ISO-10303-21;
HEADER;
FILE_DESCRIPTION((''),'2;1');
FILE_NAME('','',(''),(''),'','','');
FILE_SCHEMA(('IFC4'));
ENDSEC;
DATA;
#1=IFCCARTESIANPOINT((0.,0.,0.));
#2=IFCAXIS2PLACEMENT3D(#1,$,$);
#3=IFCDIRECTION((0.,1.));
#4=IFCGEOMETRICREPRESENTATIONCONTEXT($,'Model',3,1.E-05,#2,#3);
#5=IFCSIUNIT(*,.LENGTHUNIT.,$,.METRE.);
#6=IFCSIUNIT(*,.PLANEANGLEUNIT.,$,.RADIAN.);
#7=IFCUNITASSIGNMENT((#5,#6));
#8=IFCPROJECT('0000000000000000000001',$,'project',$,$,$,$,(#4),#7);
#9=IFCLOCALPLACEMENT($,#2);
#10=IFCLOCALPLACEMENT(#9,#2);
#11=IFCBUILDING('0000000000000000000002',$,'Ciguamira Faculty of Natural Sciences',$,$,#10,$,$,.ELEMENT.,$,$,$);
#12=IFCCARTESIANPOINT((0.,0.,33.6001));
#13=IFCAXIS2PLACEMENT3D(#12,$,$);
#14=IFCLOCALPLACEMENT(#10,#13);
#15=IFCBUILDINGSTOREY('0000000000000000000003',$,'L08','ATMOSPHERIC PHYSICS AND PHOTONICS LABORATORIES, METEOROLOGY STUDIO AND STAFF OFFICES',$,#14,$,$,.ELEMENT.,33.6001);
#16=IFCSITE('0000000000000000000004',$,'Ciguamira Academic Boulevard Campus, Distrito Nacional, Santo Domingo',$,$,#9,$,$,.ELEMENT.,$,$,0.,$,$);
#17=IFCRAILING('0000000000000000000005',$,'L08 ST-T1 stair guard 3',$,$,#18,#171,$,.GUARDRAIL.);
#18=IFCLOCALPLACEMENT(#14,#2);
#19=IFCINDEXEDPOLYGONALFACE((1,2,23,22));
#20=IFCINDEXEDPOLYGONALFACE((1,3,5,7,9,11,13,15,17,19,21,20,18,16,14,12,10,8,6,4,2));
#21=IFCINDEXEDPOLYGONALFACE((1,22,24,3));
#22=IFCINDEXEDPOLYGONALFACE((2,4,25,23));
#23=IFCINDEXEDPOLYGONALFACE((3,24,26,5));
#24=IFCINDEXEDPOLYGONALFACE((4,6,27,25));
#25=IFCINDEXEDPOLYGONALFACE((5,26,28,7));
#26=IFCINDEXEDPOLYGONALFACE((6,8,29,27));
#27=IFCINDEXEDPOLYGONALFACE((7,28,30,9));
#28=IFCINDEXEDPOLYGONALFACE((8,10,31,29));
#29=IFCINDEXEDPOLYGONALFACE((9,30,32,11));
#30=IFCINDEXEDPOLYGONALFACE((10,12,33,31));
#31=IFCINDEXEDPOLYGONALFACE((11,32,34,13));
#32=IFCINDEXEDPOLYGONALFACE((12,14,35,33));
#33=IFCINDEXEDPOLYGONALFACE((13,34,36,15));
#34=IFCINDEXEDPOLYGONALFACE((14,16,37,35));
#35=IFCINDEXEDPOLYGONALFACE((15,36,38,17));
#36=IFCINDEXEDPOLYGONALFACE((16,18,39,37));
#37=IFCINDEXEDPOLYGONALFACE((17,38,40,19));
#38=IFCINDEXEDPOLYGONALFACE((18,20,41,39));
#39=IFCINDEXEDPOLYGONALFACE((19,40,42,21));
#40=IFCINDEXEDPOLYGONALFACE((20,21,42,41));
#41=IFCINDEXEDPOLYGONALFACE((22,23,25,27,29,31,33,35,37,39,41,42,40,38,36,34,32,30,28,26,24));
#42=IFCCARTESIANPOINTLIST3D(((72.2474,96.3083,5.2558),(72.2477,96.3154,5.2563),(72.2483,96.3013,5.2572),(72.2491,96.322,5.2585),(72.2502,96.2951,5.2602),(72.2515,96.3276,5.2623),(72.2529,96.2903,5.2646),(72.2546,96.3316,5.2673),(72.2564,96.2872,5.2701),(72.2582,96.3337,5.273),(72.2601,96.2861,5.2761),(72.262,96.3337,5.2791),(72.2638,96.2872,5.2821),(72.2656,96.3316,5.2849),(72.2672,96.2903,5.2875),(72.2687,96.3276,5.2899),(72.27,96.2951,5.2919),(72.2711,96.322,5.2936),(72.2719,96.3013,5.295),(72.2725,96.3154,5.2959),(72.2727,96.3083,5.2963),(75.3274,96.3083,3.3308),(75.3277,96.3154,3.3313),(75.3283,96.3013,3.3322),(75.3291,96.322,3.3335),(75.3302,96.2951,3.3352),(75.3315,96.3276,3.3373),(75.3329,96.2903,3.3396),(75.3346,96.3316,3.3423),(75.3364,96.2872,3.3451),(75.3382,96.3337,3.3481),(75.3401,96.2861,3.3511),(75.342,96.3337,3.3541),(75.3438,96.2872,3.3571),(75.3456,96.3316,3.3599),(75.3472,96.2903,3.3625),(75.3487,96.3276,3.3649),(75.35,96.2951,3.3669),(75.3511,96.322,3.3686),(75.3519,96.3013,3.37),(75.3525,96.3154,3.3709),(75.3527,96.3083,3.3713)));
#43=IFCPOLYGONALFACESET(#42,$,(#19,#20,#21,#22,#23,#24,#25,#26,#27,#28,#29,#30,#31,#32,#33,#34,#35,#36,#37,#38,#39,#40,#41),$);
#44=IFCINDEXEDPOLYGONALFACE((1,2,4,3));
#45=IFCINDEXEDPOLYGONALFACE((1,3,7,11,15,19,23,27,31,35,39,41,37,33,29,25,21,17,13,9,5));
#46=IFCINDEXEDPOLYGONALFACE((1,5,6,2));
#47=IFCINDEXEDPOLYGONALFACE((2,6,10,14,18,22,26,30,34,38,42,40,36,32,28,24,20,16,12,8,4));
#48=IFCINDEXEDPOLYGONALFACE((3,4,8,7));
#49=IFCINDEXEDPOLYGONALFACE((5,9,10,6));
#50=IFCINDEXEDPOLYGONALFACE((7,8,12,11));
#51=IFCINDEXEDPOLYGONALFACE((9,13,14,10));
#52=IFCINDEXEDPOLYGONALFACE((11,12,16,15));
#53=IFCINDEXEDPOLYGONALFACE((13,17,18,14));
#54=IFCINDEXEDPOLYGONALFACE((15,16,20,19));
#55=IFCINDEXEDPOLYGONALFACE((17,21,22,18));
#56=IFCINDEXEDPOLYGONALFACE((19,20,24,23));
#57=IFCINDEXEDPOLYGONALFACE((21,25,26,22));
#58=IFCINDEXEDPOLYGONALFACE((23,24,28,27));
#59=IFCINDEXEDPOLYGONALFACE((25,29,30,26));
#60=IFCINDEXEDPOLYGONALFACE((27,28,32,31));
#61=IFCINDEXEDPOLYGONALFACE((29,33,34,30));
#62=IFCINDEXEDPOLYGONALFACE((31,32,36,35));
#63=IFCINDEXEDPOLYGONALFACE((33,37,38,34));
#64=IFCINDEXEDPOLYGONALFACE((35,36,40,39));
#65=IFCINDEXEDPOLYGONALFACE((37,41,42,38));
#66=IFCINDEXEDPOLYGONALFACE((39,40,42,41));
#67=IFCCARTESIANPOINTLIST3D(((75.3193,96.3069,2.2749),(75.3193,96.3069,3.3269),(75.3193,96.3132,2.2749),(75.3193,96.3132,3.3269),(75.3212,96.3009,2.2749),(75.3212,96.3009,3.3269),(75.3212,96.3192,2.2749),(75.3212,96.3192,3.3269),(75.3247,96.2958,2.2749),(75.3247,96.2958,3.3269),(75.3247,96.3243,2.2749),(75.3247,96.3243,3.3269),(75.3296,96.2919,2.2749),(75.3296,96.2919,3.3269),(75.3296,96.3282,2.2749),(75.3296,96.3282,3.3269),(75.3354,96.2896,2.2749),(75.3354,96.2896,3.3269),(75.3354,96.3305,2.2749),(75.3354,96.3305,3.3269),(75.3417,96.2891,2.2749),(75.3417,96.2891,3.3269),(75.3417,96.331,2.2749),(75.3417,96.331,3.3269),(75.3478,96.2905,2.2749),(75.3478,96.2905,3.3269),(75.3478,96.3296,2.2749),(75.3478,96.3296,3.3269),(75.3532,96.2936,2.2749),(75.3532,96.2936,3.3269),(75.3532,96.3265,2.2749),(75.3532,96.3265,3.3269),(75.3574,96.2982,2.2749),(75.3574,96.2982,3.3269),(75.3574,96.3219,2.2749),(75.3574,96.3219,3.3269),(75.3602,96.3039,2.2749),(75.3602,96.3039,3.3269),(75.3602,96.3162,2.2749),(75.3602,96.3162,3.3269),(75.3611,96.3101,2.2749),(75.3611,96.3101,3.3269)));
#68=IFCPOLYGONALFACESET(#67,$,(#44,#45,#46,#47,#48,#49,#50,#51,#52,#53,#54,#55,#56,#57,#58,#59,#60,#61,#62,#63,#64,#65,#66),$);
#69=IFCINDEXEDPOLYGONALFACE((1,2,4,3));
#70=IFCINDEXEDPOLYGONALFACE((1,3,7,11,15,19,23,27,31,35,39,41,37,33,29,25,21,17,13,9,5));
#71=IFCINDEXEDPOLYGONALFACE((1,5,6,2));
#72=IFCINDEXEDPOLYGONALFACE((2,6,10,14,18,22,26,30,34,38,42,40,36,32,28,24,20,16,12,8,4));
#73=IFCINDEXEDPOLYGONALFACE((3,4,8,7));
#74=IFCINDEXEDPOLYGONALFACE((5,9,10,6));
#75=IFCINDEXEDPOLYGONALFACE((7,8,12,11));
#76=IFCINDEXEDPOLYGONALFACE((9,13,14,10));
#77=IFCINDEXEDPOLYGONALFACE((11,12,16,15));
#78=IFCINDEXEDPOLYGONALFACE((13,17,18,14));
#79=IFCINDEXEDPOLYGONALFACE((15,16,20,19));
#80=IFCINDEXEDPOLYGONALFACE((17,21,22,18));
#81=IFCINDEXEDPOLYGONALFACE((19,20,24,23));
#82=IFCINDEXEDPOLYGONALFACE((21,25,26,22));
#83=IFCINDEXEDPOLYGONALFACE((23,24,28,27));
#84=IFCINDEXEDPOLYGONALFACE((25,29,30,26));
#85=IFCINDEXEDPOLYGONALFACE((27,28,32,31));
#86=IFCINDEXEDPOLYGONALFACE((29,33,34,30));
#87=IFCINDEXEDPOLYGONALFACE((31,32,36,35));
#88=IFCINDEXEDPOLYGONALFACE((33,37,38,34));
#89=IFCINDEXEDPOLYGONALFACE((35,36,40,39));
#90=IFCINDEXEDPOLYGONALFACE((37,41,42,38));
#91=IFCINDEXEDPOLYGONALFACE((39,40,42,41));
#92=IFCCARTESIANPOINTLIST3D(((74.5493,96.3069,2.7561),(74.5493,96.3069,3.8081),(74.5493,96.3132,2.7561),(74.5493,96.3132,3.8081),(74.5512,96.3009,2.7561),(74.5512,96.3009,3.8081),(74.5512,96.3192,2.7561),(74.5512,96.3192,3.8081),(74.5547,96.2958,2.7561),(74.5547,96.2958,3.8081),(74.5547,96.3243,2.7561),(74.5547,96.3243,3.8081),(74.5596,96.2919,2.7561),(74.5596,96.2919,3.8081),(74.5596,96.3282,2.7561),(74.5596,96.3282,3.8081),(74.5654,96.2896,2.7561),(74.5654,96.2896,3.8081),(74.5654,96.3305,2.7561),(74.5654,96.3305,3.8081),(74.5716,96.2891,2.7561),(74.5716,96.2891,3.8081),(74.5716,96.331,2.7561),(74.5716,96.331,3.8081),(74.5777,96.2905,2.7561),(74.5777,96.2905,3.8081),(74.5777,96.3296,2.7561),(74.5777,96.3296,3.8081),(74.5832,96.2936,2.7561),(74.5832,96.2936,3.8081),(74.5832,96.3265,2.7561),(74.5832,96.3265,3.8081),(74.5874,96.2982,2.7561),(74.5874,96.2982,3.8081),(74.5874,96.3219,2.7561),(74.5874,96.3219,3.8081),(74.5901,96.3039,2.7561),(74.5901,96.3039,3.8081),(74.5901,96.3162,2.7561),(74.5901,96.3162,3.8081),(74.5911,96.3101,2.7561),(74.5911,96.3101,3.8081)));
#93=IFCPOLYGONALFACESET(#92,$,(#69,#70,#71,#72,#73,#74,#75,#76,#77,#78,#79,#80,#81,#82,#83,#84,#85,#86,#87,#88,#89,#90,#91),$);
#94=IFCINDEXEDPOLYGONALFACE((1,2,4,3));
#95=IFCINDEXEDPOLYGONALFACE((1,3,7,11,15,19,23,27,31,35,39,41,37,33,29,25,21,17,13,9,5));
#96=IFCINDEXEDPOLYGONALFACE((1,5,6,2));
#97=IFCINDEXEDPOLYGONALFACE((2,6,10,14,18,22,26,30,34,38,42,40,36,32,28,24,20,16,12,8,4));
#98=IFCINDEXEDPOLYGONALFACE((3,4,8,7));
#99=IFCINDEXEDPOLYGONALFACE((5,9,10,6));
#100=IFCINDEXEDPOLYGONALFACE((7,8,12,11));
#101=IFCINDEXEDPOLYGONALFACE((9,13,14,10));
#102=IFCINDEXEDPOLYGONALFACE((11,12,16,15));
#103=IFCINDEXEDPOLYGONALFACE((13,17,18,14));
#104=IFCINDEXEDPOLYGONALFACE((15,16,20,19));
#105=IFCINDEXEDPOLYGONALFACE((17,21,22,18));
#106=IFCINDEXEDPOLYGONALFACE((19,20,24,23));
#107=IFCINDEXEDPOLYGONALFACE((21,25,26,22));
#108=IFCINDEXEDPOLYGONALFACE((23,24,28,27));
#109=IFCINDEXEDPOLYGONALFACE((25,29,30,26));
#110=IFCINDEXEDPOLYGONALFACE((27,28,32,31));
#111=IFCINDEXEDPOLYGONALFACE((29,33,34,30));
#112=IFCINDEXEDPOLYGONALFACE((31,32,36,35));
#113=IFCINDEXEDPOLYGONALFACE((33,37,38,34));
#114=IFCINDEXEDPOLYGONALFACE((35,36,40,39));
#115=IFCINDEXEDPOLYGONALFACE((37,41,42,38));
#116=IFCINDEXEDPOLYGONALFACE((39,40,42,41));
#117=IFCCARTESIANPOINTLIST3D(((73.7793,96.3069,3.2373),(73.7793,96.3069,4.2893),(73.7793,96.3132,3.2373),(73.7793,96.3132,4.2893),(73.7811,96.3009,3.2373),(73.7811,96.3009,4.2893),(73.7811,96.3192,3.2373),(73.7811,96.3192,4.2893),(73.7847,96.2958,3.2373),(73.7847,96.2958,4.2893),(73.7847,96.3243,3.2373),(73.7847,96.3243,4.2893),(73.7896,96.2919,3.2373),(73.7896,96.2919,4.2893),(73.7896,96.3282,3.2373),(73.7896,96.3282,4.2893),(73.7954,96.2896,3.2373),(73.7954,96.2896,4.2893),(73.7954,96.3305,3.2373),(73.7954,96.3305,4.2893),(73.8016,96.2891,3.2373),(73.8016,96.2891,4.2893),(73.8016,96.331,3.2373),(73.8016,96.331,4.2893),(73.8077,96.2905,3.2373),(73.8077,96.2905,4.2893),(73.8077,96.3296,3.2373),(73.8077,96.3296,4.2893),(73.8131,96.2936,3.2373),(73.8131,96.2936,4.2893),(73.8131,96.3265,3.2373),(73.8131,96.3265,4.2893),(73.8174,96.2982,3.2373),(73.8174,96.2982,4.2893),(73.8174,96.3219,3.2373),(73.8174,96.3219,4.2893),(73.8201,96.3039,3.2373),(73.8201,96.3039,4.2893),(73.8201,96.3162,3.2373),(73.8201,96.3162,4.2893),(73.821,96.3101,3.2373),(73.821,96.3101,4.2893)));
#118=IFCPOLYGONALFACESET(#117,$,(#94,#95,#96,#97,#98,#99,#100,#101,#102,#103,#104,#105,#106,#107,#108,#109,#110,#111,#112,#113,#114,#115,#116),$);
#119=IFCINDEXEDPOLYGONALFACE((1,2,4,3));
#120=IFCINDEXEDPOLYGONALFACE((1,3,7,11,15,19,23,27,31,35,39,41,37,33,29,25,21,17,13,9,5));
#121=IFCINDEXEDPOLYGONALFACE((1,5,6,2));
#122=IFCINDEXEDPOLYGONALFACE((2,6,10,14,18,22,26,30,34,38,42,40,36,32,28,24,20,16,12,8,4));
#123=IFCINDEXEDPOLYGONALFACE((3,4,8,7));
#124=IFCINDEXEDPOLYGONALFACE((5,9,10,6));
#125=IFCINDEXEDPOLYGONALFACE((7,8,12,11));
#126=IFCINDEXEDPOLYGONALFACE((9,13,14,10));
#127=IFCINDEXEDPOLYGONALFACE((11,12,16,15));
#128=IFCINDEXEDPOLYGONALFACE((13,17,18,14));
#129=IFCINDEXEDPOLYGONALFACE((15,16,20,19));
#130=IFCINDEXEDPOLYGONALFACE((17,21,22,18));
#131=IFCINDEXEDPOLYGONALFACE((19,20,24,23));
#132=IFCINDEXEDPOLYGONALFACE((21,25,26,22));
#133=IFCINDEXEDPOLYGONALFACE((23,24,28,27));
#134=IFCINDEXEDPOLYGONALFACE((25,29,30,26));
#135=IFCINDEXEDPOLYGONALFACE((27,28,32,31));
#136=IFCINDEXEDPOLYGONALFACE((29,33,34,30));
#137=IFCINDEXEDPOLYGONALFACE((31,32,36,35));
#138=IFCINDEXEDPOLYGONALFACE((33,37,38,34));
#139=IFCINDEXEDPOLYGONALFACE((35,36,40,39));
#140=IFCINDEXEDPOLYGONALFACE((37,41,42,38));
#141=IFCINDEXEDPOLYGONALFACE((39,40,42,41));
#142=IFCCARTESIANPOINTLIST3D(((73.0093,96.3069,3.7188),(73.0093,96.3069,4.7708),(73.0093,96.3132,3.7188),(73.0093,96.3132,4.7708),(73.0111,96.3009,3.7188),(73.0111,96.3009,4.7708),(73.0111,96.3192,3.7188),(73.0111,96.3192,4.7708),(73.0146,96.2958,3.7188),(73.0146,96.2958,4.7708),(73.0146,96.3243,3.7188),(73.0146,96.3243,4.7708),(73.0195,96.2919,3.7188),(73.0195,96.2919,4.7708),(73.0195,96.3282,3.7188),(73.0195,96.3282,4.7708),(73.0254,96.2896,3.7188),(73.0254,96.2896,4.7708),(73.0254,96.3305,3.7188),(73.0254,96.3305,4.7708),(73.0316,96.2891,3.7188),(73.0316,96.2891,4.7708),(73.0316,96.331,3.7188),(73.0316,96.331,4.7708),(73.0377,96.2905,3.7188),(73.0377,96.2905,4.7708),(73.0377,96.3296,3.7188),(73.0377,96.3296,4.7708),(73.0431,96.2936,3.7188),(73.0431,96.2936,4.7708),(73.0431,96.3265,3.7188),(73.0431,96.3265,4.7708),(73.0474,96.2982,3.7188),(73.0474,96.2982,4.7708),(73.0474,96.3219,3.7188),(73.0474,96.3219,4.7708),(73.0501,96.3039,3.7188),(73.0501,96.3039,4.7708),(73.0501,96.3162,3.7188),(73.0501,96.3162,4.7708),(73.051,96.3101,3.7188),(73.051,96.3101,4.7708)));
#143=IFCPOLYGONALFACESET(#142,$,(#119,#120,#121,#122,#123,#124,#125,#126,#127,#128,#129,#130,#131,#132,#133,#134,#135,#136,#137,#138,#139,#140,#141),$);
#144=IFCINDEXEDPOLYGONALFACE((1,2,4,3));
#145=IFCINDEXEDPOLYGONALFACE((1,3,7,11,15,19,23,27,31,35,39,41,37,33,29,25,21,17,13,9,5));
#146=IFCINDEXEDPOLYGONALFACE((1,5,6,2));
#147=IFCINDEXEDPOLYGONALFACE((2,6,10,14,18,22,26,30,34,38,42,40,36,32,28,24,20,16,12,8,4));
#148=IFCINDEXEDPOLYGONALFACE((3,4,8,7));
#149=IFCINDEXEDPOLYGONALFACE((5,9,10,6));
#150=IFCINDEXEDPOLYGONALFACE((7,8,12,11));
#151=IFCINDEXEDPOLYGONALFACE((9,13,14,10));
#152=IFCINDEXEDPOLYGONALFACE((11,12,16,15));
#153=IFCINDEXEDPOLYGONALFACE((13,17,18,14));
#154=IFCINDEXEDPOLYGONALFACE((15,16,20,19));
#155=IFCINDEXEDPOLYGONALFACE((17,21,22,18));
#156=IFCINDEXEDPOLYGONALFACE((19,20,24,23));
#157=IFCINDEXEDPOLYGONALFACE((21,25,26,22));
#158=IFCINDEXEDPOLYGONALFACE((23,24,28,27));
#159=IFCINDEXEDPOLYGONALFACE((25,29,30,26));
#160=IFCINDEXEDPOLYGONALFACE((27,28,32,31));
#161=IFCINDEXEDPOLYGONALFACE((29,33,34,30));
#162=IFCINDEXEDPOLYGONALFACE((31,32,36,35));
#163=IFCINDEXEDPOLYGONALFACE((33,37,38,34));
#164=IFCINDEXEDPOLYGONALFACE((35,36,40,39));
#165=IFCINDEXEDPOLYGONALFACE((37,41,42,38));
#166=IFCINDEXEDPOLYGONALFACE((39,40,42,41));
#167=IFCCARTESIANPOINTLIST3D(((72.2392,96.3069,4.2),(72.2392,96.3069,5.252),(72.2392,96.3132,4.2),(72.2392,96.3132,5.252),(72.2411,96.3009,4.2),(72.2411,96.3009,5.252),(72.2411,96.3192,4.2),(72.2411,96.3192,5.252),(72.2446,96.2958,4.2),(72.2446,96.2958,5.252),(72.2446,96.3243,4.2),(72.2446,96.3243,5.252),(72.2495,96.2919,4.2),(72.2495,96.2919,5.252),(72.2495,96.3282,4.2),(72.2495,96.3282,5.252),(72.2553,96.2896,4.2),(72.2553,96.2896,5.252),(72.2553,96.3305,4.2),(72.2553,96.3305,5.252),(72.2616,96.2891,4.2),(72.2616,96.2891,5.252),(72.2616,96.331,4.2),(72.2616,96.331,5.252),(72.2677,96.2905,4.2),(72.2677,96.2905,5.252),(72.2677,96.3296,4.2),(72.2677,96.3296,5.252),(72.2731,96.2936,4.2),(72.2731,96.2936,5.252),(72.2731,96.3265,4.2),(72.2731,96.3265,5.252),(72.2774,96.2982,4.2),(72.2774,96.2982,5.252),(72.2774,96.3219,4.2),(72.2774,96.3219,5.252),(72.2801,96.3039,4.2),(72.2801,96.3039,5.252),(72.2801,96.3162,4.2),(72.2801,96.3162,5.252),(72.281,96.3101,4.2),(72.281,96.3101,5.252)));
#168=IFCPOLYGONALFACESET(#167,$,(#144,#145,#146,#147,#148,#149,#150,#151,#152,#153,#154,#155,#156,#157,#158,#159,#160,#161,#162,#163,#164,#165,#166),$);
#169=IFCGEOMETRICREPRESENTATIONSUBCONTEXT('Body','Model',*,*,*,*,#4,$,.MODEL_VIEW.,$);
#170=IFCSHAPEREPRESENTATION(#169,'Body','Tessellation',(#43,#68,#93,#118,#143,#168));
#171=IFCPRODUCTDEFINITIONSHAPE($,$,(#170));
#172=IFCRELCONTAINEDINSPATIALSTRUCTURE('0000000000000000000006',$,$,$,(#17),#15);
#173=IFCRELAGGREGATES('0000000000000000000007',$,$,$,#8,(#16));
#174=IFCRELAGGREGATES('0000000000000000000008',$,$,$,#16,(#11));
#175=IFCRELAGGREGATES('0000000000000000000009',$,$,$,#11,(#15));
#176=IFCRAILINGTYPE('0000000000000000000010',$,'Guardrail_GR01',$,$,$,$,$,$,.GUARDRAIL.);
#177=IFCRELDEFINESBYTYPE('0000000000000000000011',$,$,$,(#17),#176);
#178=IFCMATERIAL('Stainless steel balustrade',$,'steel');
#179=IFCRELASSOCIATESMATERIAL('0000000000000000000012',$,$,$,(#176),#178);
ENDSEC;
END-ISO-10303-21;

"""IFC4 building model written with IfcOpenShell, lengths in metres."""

from ifc_helpers import new_model, si_unit, direction, frame, origin, origin_2d, place, context, subcontext, project, spatial, circle, extrude, material, type_object, element, save


model = new_model("IFC4")

# Units and contexts
model_context = context("Model", 3, precision=1e-05, world=origin(), true_north=direction((0.0, 1.0)))
body_context = subcontext(model_context, "Body", "Model", "MODEL_VIEW")
ifc_project = project(units=[si_unit("LENGTHUNIT", "METRE"), si_unit("PLANEANGLEUNIT", "RADIAN")], contexts=[model_context])

# Site, building, storey
site_placement = place(None, origin())
site = spatial("IfcSite", under=ifc_project, at=site_placement, Name="Ciguamira Academic Boulevard Campus, Distrito Nacional, Santo Domingo", CompositionType="ELEMENT", RefElevation=0.0)
building_placement = place(site_placement, origin())
building = spatial("IfcBuilding", under=site, at=building_placement, Name="Ciguamira Faculty of Natural Sciences", CompositionType="ELEMENT")
storey_placement = place(building_placement, frame((0.0, 0.0, 33.6001)))
storey = spatial("IfcBuildingStorey", under=building, at=storey_placement, Name="L08", Description="ATMOSPHERIC PHYSICS AND PHOTONICS LABORATORIES, METEOROLOGY STUDIO AND STAFF OFFICES", CompositionType="ELEMENT", Elevation=33.6001)

# Railing
ifc_material_1 = material(Name="Stainless steel balustrade", Category="steel")
railing_type_1 = type_object("IfcRailingType", Name="Guardrail_GR01", PredefinedType="GUARDRAIL", material=ifc_material_1)
railing_1_placement = place(storey_placement, frame((75.3401, 96.3101, 2.2749)))
element("IfcRailing", 1, at=railing_1_placement, inside=storey, type_object=railing_type_1, Name="L08 ST-T1 stair guard 3", PredefinedType="GUARDRAIL", context=body_context, shape_type="SweptSolid", body=[
    extrude(circle(Radius=0.0239, at=origin_2d()), frame((0.0, 0.0, 1.0762), z_axis=(-0.847998, 0.0, 0.529999), x_axis=(0.0, -1.0, 0.0)), (0.0, 0.0, 1.0), 3.6321),
    extrude(circle(Radius=0.021, at=origin_2d()), origin(), (0.0, 0.0, 1.0), 1.052),
    extrude(circle(Radius=0.021, at=origin_2d()), frame((-0.77, 0.0, 0.4812)), (0.0, 0.0, 1.0), 1.052),
    extrude(circle(Radius=0.021, at=origin_2d()), frame((-1.54, 0.0, 0.9624)), (0.0, 0.0, 1.0), 1.052),
    extrude(circle(Radius=0.021, at=origin_2d()), frame((-2.3101, 0.0, 1.4438)), (0.0, 0.0, 1.0), 1.052),
    extrude(circle(Radius=0.021, at=origin_2d()), frame((-3.0801, 0.0, 1.925)), (0.0, 0.0, 1.0), 1.052),
])

save(model, "model.ifc")
